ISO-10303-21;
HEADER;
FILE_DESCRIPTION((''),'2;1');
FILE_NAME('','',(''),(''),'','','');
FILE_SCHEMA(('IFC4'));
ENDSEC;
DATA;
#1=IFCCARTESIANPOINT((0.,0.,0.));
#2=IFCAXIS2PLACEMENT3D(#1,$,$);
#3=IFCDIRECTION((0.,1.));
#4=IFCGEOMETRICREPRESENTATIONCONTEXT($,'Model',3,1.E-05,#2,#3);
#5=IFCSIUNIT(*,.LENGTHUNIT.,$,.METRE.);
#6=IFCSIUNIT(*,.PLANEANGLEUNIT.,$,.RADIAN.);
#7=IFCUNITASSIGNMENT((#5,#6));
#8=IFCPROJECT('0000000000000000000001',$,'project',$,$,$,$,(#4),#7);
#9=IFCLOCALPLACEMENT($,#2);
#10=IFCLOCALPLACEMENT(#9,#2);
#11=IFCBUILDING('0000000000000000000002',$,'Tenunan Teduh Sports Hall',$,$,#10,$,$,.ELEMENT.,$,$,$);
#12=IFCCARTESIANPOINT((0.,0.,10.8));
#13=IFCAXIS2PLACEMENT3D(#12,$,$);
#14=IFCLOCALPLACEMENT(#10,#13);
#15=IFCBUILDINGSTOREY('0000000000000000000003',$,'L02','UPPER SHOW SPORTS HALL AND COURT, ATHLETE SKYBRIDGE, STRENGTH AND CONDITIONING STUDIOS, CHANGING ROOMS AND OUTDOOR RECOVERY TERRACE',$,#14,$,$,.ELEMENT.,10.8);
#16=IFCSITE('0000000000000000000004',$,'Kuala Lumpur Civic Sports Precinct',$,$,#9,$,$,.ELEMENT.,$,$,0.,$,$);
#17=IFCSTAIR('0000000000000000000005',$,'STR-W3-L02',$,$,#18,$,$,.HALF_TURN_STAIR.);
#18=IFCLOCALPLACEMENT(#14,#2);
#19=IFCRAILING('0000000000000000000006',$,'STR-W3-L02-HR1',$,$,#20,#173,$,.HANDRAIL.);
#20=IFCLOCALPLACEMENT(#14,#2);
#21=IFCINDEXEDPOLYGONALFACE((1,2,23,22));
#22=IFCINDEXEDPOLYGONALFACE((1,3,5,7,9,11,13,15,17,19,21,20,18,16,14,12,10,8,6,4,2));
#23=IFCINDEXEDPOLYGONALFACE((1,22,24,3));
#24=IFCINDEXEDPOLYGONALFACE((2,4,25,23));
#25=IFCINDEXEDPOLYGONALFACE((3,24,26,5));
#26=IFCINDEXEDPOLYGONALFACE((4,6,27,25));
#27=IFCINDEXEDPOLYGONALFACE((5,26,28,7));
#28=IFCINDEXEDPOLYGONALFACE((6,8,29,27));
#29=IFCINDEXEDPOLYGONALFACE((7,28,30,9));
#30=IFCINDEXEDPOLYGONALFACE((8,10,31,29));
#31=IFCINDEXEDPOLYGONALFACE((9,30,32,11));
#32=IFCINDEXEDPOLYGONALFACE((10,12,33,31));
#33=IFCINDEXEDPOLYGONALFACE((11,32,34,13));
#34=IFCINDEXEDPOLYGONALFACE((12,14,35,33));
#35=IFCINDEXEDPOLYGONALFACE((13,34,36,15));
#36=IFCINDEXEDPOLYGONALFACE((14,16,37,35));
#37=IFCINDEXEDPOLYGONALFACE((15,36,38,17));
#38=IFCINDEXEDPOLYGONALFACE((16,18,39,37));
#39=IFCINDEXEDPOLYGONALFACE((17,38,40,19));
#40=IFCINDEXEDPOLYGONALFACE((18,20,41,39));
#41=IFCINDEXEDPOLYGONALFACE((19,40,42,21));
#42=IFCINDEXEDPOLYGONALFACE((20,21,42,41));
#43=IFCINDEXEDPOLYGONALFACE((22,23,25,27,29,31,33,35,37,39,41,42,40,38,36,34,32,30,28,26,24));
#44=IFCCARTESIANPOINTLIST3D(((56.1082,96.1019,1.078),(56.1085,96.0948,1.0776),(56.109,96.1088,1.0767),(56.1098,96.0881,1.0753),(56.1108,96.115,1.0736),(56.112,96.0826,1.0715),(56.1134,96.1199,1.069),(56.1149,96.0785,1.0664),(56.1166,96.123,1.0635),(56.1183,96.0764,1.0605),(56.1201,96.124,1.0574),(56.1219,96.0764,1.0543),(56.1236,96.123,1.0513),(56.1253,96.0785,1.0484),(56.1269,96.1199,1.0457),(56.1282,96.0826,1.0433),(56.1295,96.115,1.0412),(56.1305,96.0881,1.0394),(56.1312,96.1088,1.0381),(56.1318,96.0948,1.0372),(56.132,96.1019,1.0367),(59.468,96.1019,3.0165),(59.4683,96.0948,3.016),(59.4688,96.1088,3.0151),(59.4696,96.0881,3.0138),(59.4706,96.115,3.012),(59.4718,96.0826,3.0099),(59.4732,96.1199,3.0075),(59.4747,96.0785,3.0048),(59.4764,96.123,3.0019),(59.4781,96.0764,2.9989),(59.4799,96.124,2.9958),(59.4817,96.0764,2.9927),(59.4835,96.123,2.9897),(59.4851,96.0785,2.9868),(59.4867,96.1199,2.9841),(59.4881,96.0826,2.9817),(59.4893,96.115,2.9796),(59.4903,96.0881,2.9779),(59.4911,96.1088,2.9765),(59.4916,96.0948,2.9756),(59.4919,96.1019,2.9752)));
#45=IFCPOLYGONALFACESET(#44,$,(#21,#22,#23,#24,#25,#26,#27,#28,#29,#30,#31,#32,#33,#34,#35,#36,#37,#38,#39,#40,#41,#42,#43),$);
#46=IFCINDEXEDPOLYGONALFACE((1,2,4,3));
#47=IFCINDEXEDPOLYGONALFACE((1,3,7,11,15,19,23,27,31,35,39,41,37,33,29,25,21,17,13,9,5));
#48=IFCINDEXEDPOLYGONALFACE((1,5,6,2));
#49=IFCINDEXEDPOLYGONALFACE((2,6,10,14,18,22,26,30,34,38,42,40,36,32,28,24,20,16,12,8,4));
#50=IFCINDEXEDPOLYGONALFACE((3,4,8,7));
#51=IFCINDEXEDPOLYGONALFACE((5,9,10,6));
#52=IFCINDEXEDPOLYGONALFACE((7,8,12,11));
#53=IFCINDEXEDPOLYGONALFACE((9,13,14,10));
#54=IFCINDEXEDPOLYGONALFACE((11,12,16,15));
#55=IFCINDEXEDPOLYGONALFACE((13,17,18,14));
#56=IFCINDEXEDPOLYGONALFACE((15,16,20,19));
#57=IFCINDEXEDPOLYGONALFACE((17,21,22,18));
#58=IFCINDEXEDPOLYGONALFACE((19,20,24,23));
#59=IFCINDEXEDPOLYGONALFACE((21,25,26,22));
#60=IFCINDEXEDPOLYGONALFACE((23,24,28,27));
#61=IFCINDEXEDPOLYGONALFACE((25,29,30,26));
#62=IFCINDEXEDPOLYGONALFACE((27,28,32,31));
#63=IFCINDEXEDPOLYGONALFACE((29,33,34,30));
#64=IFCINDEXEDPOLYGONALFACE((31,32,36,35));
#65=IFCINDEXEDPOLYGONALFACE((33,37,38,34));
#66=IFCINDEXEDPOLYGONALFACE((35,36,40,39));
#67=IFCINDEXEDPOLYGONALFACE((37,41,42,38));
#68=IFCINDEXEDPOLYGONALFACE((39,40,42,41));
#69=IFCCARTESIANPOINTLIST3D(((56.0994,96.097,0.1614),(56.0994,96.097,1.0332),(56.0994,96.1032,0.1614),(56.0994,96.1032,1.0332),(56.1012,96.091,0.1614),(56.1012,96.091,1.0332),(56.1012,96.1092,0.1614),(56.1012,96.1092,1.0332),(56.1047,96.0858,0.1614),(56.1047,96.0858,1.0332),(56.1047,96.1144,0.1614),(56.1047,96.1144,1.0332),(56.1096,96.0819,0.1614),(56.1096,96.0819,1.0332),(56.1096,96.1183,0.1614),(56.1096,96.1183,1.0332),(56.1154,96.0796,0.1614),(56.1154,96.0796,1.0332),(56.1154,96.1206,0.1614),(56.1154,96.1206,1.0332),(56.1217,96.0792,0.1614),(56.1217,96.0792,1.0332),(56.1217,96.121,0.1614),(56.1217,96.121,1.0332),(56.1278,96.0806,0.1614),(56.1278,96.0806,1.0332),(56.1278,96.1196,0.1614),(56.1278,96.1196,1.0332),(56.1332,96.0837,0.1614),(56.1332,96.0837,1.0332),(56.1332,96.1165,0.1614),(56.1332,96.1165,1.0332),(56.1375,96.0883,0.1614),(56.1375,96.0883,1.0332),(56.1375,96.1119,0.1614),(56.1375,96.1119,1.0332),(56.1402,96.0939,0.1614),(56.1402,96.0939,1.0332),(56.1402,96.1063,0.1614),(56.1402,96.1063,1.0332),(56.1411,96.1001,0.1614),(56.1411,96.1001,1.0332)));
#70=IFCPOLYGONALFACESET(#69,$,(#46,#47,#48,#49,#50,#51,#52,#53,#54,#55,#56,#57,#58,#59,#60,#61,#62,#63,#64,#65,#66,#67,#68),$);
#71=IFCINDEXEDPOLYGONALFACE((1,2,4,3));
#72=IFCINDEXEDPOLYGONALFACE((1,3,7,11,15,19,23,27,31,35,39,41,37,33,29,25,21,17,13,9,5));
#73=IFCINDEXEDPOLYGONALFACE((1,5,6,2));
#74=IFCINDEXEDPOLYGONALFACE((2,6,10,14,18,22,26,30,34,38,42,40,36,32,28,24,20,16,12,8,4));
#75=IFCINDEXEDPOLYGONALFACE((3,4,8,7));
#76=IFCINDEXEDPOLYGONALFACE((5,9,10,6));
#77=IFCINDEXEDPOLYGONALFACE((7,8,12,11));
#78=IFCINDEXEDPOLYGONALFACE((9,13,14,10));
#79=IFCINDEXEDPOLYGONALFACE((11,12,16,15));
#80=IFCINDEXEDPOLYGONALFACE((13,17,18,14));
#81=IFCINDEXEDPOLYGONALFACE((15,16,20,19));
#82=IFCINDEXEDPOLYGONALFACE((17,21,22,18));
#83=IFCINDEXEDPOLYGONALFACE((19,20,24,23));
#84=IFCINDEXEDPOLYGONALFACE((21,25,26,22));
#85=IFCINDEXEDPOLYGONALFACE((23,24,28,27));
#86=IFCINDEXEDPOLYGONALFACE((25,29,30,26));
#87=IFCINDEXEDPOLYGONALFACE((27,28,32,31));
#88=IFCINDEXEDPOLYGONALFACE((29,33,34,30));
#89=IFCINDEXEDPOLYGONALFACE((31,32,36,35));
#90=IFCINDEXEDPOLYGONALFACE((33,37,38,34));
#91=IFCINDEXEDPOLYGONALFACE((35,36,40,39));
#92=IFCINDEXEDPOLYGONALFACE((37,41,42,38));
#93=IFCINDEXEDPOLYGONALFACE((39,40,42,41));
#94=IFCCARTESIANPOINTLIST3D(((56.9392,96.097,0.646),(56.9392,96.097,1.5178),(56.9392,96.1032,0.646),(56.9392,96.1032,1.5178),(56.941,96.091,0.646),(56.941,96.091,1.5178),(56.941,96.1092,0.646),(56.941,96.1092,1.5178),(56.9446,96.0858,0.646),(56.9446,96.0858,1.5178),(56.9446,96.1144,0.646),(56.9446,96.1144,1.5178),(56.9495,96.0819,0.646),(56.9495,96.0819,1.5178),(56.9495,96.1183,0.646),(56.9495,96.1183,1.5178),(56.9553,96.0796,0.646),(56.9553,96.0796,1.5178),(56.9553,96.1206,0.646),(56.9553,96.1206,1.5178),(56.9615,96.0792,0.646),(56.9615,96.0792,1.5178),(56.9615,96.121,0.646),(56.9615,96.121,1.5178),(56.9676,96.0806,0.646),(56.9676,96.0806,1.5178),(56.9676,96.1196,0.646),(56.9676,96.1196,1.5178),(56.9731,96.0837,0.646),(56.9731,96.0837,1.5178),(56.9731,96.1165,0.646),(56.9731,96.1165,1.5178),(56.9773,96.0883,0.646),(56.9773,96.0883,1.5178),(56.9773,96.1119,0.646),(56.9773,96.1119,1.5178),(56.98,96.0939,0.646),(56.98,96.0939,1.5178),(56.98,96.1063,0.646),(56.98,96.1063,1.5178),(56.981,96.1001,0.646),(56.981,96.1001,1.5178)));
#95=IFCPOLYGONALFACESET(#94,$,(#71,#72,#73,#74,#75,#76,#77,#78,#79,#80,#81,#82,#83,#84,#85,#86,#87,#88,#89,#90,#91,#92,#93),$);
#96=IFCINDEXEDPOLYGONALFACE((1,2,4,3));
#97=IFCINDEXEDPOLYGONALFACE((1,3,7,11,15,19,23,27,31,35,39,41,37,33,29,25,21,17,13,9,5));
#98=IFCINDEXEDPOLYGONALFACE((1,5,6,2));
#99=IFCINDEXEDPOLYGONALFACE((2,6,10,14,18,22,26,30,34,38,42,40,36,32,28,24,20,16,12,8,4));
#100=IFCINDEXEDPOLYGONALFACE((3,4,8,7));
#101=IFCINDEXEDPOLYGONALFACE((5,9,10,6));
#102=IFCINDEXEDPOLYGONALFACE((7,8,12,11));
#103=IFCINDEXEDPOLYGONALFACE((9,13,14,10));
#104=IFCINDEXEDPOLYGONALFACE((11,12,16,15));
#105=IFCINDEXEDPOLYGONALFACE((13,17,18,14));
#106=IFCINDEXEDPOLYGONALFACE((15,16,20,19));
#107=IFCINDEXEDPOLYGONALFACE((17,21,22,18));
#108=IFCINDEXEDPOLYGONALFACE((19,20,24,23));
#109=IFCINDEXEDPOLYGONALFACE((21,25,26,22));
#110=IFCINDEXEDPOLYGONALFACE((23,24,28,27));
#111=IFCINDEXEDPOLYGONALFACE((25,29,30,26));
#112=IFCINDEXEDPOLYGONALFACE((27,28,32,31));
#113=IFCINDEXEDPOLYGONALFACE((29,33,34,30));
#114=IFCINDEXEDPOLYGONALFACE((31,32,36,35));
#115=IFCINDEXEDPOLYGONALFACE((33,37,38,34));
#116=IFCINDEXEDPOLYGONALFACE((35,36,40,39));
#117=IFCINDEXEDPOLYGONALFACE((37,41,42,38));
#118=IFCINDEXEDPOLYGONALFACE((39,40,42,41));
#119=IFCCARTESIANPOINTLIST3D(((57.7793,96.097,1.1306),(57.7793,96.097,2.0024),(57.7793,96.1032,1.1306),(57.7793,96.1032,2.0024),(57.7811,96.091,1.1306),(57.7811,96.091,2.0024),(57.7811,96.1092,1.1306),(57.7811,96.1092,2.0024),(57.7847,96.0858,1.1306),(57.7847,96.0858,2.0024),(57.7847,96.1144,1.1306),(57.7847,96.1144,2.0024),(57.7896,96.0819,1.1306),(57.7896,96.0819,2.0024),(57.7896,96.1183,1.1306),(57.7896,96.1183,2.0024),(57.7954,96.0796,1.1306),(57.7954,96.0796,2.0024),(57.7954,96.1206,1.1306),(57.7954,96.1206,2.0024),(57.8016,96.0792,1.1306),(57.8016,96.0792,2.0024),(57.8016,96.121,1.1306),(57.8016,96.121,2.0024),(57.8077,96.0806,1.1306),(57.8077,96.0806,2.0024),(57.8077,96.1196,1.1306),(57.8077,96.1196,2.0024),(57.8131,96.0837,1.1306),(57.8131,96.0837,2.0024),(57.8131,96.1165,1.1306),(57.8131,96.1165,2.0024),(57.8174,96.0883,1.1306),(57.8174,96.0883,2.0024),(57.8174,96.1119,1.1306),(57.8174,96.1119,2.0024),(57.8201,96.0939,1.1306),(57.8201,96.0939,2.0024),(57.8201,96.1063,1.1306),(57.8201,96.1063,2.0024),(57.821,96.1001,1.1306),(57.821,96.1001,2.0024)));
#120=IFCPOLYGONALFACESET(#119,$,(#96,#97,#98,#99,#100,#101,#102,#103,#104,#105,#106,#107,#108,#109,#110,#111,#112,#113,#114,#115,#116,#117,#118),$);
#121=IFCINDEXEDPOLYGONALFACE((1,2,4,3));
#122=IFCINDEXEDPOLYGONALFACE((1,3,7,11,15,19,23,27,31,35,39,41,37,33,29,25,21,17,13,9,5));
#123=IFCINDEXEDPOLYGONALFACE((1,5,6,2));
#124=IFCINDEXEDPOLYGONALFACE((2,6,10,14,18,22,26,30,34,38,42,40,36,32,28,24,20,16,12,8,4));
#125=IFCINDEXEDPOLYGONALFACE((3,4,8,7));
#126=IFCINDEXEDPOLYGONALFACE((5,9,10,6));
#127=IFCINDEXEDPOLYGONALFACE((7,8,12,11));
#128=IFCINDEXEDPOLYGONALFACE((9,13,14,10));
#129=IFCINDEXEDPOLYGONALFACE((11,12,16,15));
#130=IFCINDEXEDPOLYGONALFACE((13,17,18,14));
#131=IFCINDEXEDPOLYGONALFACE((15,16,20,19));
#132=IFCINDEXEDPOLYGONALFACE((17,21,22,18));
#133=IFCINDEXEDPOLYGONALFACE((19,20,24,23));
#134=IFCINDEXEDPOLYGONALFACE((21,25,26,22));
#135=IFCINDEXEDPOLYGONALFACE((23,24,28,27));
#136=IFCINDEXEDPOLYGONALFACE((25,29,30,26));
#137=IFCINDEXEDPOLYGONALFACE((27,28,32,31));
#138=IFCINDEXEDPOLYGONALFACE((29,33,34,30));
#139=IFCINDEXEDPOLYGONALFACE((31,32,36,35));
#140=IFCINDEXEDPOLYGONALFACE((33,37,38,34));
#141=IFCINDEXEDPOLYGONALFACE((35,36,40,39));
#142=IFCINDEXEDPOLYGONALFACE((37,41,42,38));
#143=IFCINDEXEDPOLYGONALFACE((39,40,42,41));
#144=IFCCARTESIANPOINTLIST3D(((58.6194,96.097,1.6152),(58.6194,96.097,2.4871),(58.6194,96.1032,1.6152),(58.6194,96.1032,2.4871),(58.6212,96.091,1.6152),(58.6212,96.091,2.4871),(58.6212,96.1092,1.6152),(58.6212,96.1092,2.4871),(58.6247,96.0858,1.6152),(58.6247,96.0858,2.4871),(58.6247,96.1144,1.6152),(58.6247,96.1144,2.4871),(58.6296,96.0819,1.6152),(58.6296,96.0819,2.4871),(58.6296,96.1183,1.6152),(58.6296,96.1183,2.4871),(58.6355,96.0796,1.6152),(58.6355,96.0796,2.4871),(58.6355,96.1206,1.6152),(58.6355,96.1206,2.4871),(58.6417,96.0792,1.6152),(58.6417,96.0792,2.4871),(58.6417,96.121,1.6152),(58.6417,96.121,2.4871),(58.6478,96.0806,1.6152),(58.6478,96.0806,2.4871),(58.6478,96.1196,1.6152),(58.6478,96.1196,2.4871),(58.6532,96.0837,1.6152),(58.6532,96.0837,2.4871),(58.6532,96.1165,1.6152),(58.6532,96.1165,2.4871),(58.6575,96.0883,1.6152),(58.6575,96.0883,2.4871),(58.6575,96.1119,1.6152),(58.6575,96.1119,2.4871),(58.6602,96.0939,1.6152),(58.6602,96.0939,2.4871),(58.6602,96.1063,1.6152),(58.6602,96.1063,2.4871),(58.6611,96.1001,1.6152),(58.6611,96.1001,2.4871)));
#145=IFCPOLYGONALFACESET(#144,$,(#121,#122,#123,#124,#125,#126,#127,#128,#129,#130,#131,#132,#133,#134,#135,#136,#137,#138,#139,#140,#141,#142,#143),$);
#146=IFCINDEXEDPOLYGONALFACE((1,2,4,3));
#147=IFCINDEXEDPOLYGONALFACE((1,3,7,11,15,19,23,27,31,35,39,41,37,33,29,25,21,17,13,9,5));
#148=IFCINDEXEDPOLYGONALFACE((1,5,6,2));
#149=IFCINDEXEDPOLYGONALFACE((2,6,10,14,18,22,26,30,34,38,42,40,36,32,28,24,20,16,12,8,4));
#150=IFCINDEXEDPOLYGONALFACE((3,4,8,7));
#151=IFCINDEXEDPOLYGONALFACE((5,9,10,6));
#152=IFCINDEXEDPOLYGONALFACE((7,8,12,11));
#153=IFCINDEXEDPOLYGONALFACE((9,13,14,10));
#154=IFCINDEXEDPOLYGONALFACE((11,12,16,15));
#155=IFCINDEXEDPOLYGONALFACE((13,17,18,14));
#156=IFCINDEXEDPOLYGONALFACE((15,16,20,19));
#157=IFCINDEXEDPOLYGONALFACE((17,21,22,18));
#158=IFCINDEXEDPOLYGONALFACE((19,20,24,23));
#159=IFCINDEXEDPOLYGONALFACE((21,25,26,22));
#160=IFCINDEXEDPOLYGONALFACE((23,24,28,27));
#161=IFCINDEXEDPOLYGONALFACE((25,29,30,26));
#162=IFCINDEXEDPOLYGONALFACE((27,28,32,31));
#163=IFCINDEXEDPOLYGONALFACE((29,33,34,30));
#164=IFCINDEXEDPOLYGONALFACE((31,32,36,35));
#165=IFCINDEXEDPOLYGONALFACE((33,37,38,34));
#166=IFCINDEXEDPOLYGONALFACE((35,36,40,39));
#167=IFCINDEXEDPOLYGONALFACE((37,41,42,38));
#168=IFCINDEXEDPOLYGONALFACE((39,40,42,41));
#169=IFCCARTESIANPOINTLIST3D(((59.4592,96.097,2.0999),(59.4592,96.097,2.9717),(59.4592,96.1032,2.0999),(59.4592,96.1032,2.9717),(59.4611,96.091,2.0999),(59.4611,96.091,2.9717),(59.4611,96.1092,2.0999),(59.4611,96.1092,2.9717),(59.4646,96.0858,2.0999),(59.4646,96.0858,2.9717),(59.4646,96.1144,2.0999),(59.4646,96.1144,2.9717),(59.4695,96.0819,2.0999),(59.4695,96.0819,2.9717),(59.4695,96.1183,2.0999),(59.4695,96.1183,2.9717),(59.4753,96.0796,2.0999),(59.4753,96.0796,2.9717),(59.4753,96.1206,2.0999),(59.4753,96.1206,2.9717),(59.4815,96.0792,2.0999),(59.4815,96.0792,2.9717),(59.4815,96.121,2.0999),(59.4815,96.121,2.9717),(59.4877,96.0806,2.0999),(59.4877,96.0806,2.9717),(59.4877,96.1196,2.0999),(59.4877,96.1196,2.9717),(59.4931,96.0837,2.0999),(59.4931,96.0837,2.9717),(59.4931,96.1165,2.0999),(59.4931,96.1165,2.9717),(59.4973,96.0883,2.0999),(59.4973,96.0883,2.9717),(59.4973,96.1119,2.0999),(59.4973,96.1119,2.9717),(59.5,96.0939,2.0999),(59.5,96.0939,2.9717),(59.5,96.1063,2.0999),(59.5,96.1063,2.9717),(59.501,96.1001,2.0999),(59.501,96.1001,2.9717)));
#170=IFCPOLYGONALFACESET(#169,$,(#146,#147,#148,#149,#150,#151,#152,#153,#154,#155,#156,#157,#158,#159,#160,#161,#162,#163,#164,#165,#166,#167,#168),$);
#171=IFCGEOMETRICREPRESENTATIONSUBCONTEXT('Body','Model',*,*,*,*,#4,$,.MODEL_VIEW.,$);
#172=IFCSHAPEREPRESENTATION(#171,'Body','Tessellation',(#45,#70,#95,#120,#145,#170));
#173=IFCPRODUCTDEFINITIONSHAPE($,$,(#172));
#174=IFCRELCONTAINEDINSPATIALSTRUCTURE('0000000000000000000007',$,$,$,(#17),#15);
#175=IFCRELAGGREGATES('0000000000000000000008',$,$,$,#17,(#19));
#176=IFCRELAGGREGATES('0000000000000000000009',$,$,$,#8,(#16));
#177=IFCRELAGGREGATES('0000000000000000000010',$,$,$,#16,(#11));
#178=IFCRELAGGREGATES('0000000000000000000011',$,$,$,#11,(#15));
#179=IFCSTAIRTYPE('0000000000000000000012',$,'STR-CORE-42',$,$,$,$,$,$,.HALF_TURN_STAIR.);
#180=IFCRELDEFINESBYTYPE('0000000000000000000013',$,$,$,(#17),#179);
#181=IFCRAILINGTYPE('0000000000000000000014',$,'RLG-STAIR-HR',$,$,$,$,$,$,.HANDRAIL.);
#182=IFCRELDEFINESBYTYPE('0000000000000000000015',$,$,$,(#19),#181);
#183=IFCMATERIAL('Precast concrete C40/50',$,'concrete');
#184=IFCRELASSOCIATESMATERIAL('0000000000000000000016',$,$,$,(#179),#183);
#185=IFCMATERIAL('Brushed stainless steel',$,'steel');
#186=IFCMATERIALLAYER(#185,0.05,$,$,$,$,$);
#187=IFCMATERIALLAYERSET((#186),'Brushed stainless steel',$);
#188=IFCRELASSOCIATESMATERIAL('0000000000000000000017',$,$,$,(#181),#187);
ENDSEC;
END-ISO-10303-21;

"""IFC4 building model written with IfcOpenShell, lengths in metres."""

from ifc_helpers import new_model, si_unit, direction, frame, origin, origin_2d, place, context, subcontext, project, spatial, circle, extrude, material, layer, layer_set, type_object, element, aggregate, save


model = new_model("IFC4")

# Units and contexts
model_context = context("Model", 3, precision=1e-05, world=origin(), true_north=direction((0.0, 1.0)))
body_context = subcontext(model_context, "Body", "Model", "MODEL_VIEW")
ifc_project = project(units=[si_unit("LENGTHUNIT", "METRE"), si_unit("PLANEANGLEUNIT", "RADIAN")], contexts=[model_context])

# Site, building, storey
site_placement = place(None, origin())
site = spatial("IfcSite", under=ifc_project, at=site_placement, Name="Kuala Lumpur Civic Sports Precinct", CompositionType="ELEMENT", RefElevation=0.0)
building_placement = place(site_placement, origin())
building = spatial("IfcBuilding", under=site, at=building_placement, Name="Tenunan Teduh Sports Hall", CompositionType="ELEMENT")
storey_placement = place(building_placement, frame((0.0, 0.0, 10.8)))
storey = spatial("IfcBuildingStorey", under=building, at=storey_placement, Name="L02", Description="UPPER SHOW SPORTS HALL AND COURT, ATHLETE SKYBRIDGE, STRENGTH AND CONDITIONING STUDIOS, CHANGING ROOMS AND OUTDOOR RECOVERY TERRACE", CompositionType="ELEMENT", Elevation=10.8)

# Stair
ifc_material_1 = material(Name="Precast concrete C40/50", Category="concrete")
stair_type = type_object("IfcStairType", Name="STR-CORE-42", PredefinedType="HALF_TURN_STAIR", material=ifc_material_1)
stair_placement = place(storey_placement, origin())
stair = element("IfcStair", 1, at=stair_placement, inside=storey, type_object=stair_type, Name="STR-W3-L02", PredefinedType="HALF_TURN_STAIR")

# Railing
ifc_material_2 = material(Name="Brushed stainless steel", Category="steel")
ifc_layer_1 = layer(ifc_material_2, 0.05)
ifc_layer_set_1 = layer_set([ifc_layer_1], Name="Brushed stainless steel")
railing_type_1 = type_object("IfcRailingType", Name="RLG-STAIR-HR", PredefinedType="HANDRAIL", material=ifc_layer_set_1)
railing_1_placement = place(storey_placement, frame((56.1201, 96.1001, 0.1614)))
railing_1 = element("IfcRailing", 2, at=railing_1_placement, type_object=railing_type_1, Name="STR-W3-L02-HR1", PredefinedType="HANDRAIL", context=body_context, shape_type="SweptSolid", body=[
    extrude(circle(Radius=0.0239, at=origin_2d()), frame((0.0, 0.0, 0.896), z_axis=(0.866175, 0.0, 0.499741), x_axis=(0.0, 1.0, 0.0)), (0.0, 0.0, 1.0), 3.8789),
    extrude(circle(Radius=0.021, at=origin_2d()), origin(), (0.0, 0.0, 1.0), 0.8718),
    extrude(circle(Radius=0.021, at=origin_2d()), frame((0.8398, 0.0, 0.4846)), (0.0, 0.0, 1.0), 0.8718),
    extrude(circle(Radius=0.021, at=origin_2d()), frame((1.6799, 0.0, 0.9692)), (0.0, 0.0, 1.0), 0.8718),
    extrude(circle(Radius=0.021, at=origin_2d()), frame((2.52, 0.0, 1.4539)), (0.0, 0.0, 1.0), 0.8718),
    extrude(circle(Radius=0.021, at=origin_2d()), frame((3.3599, 0.0, 1.9385)), (0.0, 0.0, 1.0), 0.8718),
])
aggregate(stair, [railing_1])

save(model, "model.ifc")
